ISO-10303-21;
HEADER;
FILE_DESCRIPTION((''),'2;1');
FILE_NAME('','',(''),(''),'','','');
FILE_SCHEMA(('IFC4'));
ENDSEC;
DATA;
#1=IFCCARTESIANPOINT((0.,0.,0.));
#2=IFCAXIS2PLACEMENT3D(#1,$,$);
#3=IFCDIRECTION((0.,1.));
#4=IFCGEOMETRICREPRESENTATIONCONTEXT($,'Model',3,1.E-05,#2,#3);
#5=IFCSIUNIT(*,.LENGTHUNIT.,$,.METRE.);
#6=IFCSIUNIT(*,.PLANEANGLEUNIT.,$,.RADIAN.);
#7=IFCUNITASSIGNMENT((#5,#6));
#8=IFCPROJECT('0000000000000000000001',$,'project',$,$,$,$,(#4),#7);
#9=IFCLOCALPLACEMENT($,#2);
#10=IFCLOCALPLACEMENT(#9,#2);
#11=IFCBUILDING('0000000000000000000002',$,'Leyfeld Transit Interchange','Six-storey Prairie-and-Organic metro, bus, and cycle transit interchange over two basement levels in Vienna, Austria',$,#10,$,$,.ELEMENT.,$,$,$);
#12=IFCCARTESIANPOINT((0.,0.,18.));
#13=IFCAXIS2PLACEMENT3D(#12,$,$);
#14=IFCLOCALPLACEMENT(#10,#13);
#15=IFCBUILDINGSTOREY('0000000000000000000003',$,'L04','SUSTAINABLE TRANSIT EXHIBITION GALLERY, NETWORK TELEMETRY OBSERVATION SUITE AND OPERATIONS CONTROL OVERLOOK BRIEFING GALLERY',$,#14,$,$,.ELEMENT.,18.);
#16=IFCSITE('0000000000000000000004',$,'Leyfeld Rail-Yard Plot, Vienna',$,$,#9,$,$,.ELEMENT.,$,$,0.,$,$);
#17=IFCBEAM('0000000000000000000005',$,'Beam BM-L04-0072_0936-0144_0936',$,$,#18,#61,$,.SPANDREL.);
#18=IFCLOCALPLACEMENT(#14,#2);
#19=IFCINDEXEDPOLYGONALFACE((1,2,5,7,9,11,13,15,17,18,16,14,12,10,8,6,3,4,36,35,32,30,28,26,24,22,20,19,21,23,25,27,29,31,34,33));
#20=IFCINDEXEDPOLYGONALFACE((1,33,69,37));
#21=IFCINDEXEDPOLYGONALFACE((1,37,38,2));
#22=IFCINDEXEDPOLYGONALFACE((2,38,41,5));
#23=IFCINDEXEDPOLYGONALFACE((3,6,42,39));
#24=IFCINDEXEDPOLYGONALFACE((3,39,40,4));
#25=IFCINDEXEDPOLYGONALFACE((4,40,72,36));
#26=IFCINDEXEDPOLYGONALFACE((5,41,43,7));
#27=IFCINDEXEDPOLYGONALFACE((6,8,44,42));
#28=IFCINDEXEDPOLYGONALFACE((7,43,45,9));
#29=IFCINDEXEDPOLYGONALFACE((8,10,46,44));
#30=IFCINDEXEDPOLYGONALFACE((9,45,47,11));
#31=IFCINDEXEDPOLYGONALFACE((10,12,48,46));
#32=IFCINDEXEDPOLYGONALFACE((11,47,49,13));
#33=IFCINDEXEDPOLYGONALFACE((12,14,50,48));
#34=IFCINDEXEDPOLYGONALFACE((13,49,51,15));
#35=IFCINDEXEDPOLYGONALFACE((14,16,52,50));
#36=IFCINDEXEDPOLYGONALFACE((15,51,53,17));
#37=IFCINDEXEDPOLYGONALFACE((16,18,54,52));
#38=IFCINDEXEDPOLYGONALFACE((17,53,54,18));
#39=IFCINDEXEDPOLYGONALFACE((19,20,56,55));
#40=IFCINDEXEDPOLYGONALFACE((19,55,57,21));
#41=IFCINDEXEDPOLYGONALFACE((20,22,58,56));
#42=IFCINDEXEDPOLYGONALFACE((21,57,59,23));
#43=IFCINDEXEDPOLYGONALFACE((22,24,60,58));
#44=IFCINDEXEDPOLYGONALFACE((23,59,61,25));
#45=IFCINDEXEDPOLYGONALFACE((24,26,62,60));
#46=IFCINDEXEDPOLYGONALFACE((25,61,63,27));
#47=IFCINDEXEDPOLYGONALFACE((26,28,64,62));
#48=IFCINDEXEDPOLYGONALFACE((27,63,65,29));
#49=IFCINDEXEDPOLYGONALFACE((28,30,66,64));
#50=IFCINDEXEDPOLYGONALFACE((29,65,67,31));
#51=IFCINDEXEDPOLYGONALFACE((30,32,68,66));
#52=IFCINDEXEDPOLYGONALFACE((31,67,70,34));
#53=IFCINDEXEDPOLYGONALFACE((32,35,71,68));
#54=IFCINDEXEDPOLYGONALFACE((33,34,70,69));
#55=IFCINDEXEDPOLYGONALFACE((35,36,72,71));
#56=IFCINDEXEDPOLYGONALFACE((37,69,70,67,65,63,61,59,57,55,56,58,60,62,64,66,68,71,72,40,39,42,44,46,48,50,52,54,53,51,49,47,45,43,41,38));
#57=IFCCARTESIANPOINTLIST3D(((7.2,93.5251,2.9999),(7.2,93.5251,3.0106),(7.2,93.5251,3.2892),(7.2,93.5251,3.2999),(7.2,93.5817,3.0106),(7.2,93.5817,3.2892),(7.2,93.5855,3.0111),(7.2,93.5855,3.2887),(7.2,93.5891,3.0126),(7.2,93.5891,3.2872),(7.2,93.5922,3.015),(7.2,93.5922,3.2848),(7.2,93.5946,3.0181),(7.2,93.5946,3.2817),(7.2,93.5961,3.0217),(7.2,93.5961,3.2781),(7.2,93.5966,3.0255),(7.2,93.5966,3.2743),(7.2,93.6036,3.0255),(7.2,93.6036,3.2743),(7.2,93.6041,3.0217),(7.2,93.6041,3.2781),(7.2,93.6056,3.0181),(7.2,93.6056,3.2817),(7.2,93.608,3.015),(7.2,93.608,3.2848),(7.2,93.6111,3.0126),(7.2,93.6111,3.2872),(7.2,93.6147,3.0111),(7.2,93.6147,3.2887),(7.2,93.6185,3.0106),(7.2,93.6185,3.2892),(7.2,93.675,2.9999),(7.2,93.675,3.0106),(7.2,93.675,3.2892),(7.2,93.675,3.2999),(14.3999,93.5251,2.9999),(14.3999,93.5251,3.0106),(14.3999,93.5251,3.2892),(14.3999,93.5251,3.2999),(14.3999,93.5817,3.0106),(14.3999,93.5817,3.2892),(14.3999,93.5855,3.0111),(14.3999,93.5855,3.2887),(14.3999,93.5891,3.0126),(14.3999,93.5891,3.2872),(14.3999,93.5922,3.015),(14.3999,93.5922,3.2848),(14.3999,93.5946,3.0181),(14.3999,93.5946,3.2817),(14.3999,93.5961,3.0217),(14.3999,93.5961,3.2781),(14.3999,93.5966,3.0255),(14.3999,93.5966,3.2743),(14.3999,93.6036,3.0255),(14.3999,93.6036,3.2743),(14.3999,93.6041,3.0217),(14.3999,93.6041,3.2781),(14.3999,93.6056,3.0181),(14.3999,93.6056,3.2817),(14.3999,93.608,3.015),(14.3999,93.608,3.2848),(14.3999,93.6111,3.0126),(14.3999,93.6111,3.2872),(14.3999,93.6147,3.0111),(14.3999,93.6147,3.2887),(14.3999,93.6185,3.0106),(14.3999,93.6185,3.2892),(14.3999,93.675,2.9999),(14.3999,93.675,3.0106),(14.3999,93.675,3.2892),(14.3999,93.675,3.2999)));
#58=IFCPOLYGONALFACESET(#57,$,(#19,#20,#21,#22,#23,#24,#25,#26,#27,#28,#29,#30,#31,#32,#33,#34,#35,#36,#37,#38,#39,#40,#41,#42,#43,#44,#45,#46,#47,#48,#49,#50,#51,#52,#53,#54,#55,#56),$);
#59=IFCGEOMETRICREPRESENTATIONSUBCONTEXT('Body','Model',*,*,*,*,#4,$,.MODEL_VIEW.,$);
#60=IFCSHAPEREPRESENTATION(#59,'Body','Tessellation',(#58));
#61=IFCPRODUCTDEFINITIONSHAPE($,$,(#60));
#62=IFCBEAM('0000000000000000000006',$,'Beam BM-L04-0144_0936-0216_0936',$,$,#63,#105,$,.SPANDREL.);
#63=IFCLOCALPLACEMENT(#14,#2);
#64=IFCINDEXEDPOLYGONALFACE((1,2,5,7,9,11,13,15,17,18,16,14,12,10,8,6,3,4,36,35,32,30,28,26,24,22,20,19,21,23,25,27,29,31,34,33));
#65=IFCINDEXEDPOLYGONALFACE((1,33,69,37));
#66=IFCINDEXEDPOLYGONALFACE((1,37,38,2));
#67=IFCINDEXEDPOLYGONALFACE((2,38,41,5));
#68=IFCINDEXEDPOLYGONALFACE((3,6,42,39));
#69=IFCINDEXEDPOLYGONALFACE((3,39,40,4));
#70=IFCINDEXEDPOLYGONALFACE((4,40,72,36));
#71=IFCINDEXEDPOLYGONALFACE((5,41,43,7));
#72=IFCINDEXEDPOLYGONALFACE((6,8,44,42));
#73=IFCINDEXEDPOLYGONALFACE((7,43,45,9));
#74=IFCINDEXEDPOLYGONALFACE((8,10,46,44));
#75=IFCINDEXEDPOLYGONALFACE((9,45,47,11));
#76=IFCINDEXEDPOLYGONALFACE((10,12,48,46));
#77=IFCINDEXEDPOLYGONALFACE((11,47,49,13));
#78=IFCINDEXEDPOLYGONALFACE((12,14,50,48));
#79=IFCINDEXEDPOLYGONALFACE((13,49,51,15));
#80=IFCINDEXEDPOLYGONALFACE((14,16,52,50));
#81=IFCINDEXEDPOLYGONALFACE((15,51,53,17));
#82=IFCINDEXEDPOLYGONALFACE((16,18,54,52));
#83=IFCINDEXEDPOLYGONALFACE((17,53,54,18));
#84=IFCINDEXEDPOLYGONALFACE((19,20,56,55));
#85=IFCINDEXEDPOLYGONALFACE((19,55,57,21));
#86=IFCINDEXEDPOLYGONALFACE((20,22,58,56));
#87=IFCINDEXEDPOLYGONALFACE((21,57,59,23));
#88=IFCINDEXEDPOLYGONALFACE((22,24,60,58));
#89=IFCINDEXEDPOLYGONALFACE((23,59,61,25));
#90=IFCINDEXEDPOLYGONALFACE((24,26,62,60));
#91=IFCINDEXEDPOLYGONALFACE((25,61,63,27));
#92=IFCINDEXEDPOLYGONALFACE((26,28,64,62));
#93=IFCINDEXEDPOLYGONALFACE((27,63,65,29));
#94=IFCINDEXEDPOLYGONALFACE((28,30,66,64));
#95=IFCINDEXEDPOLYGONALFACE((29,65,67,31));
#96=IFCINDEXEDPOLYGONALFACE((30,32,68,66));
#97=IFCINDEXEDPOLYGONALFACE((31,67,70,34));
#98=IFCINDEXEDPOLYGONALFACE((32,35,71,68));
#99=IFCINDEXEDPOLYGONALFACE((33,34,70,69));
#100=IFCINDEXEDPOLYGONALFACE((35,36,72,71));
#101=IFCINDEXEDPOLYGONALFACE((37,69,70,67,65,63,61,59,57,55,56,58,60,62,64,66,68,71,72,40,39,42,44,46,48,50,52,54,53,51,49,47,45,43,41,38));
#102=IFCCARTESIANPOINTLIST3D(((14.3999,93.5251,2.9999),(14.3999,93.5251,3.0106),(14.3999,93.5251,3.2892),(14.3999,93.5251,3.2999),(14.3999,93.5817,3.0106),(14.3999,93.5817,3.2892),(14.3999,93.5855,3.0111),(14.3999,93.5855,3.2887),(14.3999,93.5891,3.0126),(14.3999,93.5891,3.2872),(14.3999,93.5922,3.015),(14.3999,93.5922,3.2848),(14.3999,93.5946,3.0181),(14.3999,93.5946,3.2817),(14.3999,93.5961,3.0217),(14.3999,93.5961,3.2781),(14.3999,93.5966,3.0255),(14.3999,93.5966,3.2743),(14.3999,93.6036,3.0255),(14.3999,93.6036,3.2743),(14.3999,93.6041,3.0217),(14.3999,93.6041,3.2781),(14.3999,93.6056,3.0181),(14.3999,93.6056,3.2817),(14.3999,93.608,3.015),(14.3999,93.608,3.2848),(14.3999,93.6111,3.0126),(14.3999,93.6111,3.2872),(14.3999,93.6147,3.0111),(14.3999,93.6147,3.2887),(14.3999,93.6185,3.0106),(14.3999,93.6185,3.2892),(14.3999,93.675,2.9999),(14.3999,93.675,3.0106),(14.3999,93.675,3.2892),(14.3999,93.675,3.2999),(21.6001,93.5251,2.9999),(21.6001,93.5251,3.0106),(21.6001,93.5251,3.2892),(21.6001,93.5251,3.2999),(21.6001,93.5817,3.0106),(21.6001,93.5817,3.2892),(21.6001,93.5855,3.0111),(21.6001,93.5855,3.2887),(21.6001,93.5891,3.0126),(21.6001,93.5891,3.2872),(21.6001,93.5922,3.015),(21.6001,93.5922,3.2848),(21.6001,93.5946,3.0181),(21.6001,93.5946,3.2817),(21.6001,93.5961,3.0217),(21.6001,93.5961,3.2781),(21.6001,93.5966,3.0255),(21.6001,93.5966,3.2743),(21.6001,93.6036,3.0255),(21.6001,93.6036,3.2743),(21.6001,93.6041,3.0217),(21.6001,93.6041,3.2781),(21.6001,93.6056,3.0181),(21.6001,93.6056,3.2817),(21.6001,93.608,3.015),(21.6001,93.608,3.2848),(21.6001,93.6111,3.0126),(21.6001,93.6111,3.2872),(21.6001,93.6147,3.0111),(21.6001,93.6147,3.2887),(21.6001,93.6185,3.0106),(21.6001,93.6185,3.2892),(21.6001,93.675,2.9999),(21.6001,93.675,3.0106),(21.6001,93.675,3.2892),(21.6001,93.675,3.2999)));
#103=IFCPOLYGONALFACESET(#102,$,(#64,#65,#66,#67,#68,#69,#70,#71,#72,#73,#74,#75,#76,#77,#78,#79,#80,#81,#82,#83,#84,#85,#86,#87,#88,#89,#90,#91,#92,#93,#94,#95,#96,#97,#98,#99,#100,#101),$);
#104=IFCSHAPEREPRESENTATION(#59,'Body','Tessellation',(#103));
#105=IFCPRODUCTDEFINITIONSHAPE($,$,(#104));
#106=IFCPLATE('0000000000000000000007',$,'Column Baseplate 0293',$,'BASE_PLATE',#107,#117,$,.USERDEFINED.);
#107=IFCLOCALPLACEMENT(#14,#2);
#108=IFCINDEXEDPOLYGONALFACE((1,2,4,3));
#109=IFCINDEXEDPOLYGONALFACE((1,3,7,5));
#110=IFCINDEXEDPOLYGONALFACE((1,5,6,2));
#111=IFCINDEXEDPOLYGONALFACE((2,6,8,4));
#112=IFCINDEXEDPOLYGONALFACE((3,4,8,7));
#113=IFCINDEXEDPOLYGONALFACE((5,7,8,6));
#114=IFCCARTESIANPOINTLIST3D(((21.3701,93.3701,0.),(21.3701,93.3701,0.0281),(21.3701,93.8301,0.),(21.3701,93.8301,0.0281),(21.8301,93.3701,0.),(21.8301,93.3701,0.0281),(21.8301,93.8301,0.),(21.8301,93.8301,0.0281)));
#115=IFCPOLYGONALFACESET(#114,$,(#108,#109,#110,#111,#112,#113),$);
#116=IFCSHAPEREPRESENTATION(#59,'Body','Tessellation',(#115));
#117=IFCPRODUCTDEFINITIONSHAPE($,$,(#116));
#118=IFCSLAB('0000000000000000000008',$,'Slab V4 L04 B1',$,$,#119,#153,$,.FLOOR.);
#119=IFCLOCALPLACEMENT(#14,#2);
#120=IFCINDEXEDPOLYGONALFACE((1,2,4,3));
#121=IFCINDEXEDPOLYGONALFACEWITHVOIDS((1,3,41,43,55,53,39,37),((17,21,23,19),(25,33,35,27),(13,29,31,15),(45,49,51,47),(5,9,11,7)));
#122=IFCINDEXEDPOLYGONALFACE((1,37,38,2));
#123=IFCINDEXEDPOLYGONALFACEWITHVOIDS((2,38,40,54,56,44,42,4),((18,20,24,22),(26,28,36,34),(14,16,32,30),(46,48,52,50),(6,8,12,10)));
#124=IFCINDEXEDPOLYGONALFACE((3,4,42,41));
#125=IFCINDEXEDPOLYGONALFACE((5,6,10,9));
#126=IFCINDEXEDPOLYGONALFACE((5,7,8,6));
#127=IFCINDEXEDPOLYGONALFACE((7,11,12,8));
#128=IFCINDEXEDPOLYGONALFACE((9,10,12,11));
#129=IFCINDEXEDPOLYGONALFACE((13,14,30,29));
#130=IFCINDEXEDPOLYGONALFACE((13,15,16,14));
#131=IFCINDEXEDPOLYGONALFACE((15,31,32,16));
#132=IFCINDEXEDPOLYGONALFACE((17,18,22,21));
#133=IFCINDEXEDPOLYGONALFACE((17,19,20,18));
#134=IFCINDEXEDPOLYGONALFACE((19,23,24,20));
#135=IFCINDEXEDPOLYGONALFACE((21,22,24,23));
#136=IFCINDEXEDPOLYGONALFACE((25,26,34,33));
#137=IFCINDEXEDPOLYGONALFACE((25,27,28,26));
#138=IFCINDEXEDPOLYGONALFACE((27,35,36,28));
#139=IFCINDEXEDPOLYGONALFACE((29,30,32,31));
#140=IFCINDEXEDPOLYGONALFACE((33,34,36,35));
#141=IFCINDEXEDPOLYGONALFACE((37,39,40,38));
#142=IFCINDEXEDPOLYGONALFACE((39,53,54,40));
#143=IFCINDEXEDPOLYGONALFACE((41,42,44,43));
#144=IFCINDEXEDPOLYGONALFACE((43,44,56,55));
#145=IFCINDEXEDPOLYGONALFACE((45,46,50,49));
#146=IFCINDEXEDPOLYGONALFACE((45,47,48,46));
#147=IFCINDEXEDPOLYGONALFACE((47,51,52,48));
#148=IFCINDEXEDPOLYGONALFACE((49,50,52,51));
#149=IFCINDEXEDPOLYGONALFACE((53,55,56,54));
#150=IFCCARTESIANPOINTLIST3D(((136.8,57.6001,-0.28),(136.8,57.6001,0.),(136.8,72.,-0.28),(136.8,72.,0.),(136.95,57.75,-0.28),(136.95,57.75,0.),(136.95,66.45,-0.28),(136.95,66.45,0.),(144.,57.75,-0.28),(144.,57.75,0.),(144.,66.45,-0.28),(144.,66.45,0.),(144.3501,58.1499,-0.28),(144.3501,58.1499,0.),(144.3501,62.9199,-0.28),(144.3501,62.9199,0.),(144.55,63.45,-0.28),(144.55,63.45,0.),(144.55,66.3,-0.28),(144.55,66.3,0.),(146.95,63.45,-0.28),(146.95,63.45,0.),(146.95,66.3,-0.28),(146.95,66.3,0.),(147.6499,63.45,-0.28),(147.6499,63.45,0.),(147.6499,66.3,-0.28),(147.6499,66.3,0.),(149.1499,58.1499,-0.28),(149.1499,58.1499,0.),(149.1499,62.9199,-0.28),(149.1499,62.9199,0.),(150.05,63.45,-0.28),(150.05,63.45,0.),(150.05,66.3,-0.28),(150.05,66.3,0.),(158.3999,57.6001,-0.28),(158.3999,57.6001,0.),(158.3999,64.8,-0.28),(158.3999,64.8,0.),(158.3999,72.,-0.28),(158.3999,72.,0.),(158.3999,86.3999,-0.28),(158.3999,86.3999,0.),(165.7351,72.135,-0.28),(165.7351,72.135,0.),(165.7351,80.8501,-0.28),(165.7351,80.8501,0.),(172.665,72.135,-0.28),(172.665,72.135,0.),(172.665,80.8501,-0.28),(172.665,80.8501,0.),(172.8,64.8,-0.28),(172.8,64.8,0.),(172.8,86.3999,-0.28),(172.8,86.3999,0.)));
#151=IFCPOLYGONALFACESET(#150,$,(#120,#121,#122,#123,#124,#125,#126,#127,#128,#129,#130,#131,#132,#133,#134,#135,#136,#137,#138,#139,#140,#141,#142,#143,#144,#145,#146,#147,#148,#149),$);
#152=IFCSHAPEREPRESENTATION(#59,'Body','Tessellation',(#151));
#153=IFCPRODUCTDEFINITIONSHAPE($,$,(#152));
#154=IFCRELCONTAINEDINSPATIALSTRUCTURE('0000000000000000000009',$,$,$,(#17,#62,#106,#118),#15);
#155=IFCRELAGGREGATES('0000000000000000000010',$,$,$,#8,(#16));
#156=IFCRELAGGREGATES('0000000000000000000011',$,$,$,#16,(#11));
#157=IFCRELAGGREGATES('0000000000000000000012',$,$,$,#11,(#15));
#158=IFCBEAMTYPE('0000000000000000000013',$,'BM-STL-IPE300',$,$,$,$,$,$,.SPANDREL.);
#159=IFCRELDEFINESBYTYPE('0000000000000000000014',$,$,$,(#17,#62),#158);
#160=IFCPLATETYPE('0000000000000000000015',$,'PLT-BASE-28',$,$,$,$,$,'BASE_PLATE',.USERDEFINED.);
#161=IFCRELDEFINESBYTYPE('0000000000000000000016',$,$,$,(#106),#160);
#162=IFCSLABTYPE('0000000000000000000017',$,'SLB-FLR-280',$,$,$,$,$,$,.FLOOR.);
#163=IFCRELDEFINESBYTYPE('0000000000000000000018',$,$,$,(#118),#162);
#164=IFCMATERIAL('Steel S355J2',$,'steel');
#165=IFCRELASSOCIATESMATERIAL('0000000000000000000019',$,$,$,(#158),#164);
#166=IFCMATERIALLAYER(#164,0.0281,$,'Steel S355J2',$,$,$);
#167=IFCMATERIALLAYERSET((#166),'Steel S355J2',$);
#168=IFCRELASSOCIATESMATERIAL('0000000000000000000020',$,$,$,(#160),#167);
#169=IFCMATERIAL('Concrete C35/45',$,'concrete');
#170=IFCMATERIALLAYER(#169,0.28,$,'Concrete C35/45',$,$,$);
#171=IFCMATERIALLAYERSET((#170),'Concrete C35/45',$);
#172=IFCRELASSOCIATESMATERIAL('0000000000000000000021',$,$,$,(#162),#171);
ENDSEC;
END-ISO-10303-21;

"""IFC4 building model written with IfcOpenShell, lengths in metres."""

from ifc_helpers import new_model, si_unit, direction, frame, origin, origin_2d, place, context, subcontext, project, spatial, polyline, rectangle, i_section, outline, extrude, material, layer, layer_set, material_profile, profile_set, type_object, element, save


model = new_model("IFC4")

# Units and contexts
model_context = context("Model", 3, precision=1e-05, world=origin(), true_north=direction((0.0, 1.0)))
body_context = subcontext(model_context, "Body", "Model", "MODEL_VIEW")
ifc_project = project(units=[si_unit("LENGTHUNIT", "METRE"), si_unit("PLANEANGLEUNIT", "RADIAN")], contexts=[model_context])

# Site, building, storey
site_placement = place(None, origin())
site = spatial("IfcSite", under=ifc_project, at=site_placement, Name="Leyfeld Rail-Yard Plot, Vienna", CompositionType="ELEMENT", RefElevation=0.0)
building_placement = place(site_placement, origin())
building = spatial("IfcBuilding", under=site, at=building_placement, Name="Leyfeld Transit Interchange", Description="Six-storey Prairie-and-Organic metro, bus, and cycle transit interchange over two basement levels in Vienna, Austria", CompositionType="ELEMENT")
storey_placement = place(building_placement, frame((0.0, 0.0, 18.0)))
storey = spatial("IfcBuildingStorey", under=building, at=storey_placement, Name="L04", Description="SUSTAINABLE TRANSIT EXHIBITION GALLERY, NETWORK TELEMETRY OBSERVATION SUITE AND OPERATIONS CONTROL OVERLOOK BRIEFING GALLERY", CompositionType="ELEMENT", Elevation=18.0)

# Shared definitions
ifc_material_1 = material(Name="Steel S355J2", Category="steel")

# Beams
ifc_material_profile_1 = material_profile(ifc_material_1, i_section(OverallWidth=0.1499, OverallDepth=0.3, WebThickness=0.0071, FlangeThickness=0.0107, FilletRadius=0.0149, at=origin_2d()), Name="IPE 300")
ifc_profile_set_1 = profile_set([ifc_material_profile_1], Name="Steel S355J2")
beam_type_1 = type_object("IfcBeamType", Name="BM-STL-IPE300", PredefinedType="SPANDREL", material=ifc_profile_set_1)
for number, where, z_axis, x_axis, name in (
    (1, (7.2, 93.6001, 3.1499), (1.0, 0.0, 0.0), (0.0, 1.0, 0.0), "Beam BM-L04-0072_0936-0144_0936"),
):
    element("IfcBeam", number, at=place(storey_placement, frame(where, z_axis=z_axis, x_axis=x_axis)), inside=storey, type_object=beam_type_1, Name=name, PredefinedType="SPANDREL", context=body_context, shape_type="SweptSolid", body=[
        extrude(i_section(OverallWidth=0.1499, OverallDepth=0.3, WebThickness=0.0071, FlangeThickness=0.0107, FilletRadius=0.0149, at=origin_2d()), origin(), (0.0, 0.0, 1.0), 7.2),
    ])
beam_placement = place(storey_placement, frame((14.3999, 93.6001, 3.1499), z_axis=(1.0, 0.0, 0.0), x_axis=(0.0, 1.0, 0.0)))
element("IfcBeam", 2, at=beam_placement, inside=storey, type_object=beam_type_1, Name="Beam BM-L04-0144_0936-0216_0936", PredefinedType="SPANDREL", context=body_context, shape_type="SweptSolid", body=[
    extrude(i_section(OverallWidth=0.1499, OverallDepth=0.3, WebThickness=0.0071, FlangeThickness=0.0107, FilletRadius=0.0149, at=origin_2d()), origin(), (0.0, 0.0, 1.0), 7.2002),
])

# Plate
ifc_layer_1 = layer(ifc_material_1, 0.0281, Name="Steel S355J2")
ifc_layer_set_1 = layer_set([ifc_layer_1], Name="Steel S355J2")
plate_type = type_object("IfcPlateType", Name="PLT-BASE-28", ElementType="BASE_PLATE", PredefinedType="USERDEFINED", material=ifc_layer_set_1)
plate_placement = place(storey_placement, frame((21.6001, 93.6001, 0.0), z_axis=(0.0, 0.0, 1.0), x_axis=(1.0, 0.0, 0.0)))
element("IfcPlate", 3, at=plate_placement, inside=storey, type_object=plate_type, Name="Column Baseplate 0293", ObjectType="BASE_PLATE", PredefinedType="USERDEFINED", context=body_context, shape_type="SweptSolid", body=[
    extrude(rectangle(XDim=0.46, YDim=0.46, at=origin_2d()), origin(), (0.0, 0.0, 1.0), 0.0281),
])

# Slab
ifc_material_2 = material(Name="Concrete C35/45", Category="concrete")
ifc_layer_2 = layer(ifc_material_2, 0.28, Name="Concrete C35/45")
ifc_layer_set_2 = layer_set([ifc_layer_2], Name="Concrete C35/45")
slab_type_1 = type_object("IfcSlabType", Name="SLB-FLR-280", PredefinedType="FLOOR", material=ifc_layer_set_2)
slab_1_placement = place(storey_placement, frame((0.0, 0.0, -0.28)))
element("IfcSlab", 4, at=slab_1_placement, inside=storey, type_object=slab_type_1, Name="Slab V4 L04 B1", PredefinedType="FLOOR", context=body_context, shape_type="SweptSolid", body=[
    extrude(outline(polyline([(172.8, 86.3999), (158.3999, 86.3999), (158.3999, 72.0), (136.8, 72.0), (136.8, 57.6001), (158.3999, 57.6001), (158.3999, 64.8), (172.8, 64.8), (172.8, 86.3999)]), holes=[polyline([(144.0, 57.75), (136.95, 57.75), (136.95, 66.45), (144.0, 66.45), (144.0, 57.75)]), polyline([(144.3501, 58.1499), (144.3501, 62.9199), (149.1499, 62.9199), (149.1499, 58.1499), (144.3501, 58.1499)]), polyline([(144.55, 66.3), (146.95, 66.3), (146.95, 63.45), (144.55, 63.45), (144.55, 66.3)]), polyline([(150.05, 66.3), (150.05, 63.45), (147.6499, 63.45), (147.6499, 66.3), (150.05, 66.3)]), polyline([(172.665, 72.135), (165.7351, 72.135), (165.7351, 80.8501), (172.665, 80.8501), (172.665, 72.135)])]), origin(), (0.0, 0.0, 1.0), 0.28),
])

save(model, "model.ifc")
